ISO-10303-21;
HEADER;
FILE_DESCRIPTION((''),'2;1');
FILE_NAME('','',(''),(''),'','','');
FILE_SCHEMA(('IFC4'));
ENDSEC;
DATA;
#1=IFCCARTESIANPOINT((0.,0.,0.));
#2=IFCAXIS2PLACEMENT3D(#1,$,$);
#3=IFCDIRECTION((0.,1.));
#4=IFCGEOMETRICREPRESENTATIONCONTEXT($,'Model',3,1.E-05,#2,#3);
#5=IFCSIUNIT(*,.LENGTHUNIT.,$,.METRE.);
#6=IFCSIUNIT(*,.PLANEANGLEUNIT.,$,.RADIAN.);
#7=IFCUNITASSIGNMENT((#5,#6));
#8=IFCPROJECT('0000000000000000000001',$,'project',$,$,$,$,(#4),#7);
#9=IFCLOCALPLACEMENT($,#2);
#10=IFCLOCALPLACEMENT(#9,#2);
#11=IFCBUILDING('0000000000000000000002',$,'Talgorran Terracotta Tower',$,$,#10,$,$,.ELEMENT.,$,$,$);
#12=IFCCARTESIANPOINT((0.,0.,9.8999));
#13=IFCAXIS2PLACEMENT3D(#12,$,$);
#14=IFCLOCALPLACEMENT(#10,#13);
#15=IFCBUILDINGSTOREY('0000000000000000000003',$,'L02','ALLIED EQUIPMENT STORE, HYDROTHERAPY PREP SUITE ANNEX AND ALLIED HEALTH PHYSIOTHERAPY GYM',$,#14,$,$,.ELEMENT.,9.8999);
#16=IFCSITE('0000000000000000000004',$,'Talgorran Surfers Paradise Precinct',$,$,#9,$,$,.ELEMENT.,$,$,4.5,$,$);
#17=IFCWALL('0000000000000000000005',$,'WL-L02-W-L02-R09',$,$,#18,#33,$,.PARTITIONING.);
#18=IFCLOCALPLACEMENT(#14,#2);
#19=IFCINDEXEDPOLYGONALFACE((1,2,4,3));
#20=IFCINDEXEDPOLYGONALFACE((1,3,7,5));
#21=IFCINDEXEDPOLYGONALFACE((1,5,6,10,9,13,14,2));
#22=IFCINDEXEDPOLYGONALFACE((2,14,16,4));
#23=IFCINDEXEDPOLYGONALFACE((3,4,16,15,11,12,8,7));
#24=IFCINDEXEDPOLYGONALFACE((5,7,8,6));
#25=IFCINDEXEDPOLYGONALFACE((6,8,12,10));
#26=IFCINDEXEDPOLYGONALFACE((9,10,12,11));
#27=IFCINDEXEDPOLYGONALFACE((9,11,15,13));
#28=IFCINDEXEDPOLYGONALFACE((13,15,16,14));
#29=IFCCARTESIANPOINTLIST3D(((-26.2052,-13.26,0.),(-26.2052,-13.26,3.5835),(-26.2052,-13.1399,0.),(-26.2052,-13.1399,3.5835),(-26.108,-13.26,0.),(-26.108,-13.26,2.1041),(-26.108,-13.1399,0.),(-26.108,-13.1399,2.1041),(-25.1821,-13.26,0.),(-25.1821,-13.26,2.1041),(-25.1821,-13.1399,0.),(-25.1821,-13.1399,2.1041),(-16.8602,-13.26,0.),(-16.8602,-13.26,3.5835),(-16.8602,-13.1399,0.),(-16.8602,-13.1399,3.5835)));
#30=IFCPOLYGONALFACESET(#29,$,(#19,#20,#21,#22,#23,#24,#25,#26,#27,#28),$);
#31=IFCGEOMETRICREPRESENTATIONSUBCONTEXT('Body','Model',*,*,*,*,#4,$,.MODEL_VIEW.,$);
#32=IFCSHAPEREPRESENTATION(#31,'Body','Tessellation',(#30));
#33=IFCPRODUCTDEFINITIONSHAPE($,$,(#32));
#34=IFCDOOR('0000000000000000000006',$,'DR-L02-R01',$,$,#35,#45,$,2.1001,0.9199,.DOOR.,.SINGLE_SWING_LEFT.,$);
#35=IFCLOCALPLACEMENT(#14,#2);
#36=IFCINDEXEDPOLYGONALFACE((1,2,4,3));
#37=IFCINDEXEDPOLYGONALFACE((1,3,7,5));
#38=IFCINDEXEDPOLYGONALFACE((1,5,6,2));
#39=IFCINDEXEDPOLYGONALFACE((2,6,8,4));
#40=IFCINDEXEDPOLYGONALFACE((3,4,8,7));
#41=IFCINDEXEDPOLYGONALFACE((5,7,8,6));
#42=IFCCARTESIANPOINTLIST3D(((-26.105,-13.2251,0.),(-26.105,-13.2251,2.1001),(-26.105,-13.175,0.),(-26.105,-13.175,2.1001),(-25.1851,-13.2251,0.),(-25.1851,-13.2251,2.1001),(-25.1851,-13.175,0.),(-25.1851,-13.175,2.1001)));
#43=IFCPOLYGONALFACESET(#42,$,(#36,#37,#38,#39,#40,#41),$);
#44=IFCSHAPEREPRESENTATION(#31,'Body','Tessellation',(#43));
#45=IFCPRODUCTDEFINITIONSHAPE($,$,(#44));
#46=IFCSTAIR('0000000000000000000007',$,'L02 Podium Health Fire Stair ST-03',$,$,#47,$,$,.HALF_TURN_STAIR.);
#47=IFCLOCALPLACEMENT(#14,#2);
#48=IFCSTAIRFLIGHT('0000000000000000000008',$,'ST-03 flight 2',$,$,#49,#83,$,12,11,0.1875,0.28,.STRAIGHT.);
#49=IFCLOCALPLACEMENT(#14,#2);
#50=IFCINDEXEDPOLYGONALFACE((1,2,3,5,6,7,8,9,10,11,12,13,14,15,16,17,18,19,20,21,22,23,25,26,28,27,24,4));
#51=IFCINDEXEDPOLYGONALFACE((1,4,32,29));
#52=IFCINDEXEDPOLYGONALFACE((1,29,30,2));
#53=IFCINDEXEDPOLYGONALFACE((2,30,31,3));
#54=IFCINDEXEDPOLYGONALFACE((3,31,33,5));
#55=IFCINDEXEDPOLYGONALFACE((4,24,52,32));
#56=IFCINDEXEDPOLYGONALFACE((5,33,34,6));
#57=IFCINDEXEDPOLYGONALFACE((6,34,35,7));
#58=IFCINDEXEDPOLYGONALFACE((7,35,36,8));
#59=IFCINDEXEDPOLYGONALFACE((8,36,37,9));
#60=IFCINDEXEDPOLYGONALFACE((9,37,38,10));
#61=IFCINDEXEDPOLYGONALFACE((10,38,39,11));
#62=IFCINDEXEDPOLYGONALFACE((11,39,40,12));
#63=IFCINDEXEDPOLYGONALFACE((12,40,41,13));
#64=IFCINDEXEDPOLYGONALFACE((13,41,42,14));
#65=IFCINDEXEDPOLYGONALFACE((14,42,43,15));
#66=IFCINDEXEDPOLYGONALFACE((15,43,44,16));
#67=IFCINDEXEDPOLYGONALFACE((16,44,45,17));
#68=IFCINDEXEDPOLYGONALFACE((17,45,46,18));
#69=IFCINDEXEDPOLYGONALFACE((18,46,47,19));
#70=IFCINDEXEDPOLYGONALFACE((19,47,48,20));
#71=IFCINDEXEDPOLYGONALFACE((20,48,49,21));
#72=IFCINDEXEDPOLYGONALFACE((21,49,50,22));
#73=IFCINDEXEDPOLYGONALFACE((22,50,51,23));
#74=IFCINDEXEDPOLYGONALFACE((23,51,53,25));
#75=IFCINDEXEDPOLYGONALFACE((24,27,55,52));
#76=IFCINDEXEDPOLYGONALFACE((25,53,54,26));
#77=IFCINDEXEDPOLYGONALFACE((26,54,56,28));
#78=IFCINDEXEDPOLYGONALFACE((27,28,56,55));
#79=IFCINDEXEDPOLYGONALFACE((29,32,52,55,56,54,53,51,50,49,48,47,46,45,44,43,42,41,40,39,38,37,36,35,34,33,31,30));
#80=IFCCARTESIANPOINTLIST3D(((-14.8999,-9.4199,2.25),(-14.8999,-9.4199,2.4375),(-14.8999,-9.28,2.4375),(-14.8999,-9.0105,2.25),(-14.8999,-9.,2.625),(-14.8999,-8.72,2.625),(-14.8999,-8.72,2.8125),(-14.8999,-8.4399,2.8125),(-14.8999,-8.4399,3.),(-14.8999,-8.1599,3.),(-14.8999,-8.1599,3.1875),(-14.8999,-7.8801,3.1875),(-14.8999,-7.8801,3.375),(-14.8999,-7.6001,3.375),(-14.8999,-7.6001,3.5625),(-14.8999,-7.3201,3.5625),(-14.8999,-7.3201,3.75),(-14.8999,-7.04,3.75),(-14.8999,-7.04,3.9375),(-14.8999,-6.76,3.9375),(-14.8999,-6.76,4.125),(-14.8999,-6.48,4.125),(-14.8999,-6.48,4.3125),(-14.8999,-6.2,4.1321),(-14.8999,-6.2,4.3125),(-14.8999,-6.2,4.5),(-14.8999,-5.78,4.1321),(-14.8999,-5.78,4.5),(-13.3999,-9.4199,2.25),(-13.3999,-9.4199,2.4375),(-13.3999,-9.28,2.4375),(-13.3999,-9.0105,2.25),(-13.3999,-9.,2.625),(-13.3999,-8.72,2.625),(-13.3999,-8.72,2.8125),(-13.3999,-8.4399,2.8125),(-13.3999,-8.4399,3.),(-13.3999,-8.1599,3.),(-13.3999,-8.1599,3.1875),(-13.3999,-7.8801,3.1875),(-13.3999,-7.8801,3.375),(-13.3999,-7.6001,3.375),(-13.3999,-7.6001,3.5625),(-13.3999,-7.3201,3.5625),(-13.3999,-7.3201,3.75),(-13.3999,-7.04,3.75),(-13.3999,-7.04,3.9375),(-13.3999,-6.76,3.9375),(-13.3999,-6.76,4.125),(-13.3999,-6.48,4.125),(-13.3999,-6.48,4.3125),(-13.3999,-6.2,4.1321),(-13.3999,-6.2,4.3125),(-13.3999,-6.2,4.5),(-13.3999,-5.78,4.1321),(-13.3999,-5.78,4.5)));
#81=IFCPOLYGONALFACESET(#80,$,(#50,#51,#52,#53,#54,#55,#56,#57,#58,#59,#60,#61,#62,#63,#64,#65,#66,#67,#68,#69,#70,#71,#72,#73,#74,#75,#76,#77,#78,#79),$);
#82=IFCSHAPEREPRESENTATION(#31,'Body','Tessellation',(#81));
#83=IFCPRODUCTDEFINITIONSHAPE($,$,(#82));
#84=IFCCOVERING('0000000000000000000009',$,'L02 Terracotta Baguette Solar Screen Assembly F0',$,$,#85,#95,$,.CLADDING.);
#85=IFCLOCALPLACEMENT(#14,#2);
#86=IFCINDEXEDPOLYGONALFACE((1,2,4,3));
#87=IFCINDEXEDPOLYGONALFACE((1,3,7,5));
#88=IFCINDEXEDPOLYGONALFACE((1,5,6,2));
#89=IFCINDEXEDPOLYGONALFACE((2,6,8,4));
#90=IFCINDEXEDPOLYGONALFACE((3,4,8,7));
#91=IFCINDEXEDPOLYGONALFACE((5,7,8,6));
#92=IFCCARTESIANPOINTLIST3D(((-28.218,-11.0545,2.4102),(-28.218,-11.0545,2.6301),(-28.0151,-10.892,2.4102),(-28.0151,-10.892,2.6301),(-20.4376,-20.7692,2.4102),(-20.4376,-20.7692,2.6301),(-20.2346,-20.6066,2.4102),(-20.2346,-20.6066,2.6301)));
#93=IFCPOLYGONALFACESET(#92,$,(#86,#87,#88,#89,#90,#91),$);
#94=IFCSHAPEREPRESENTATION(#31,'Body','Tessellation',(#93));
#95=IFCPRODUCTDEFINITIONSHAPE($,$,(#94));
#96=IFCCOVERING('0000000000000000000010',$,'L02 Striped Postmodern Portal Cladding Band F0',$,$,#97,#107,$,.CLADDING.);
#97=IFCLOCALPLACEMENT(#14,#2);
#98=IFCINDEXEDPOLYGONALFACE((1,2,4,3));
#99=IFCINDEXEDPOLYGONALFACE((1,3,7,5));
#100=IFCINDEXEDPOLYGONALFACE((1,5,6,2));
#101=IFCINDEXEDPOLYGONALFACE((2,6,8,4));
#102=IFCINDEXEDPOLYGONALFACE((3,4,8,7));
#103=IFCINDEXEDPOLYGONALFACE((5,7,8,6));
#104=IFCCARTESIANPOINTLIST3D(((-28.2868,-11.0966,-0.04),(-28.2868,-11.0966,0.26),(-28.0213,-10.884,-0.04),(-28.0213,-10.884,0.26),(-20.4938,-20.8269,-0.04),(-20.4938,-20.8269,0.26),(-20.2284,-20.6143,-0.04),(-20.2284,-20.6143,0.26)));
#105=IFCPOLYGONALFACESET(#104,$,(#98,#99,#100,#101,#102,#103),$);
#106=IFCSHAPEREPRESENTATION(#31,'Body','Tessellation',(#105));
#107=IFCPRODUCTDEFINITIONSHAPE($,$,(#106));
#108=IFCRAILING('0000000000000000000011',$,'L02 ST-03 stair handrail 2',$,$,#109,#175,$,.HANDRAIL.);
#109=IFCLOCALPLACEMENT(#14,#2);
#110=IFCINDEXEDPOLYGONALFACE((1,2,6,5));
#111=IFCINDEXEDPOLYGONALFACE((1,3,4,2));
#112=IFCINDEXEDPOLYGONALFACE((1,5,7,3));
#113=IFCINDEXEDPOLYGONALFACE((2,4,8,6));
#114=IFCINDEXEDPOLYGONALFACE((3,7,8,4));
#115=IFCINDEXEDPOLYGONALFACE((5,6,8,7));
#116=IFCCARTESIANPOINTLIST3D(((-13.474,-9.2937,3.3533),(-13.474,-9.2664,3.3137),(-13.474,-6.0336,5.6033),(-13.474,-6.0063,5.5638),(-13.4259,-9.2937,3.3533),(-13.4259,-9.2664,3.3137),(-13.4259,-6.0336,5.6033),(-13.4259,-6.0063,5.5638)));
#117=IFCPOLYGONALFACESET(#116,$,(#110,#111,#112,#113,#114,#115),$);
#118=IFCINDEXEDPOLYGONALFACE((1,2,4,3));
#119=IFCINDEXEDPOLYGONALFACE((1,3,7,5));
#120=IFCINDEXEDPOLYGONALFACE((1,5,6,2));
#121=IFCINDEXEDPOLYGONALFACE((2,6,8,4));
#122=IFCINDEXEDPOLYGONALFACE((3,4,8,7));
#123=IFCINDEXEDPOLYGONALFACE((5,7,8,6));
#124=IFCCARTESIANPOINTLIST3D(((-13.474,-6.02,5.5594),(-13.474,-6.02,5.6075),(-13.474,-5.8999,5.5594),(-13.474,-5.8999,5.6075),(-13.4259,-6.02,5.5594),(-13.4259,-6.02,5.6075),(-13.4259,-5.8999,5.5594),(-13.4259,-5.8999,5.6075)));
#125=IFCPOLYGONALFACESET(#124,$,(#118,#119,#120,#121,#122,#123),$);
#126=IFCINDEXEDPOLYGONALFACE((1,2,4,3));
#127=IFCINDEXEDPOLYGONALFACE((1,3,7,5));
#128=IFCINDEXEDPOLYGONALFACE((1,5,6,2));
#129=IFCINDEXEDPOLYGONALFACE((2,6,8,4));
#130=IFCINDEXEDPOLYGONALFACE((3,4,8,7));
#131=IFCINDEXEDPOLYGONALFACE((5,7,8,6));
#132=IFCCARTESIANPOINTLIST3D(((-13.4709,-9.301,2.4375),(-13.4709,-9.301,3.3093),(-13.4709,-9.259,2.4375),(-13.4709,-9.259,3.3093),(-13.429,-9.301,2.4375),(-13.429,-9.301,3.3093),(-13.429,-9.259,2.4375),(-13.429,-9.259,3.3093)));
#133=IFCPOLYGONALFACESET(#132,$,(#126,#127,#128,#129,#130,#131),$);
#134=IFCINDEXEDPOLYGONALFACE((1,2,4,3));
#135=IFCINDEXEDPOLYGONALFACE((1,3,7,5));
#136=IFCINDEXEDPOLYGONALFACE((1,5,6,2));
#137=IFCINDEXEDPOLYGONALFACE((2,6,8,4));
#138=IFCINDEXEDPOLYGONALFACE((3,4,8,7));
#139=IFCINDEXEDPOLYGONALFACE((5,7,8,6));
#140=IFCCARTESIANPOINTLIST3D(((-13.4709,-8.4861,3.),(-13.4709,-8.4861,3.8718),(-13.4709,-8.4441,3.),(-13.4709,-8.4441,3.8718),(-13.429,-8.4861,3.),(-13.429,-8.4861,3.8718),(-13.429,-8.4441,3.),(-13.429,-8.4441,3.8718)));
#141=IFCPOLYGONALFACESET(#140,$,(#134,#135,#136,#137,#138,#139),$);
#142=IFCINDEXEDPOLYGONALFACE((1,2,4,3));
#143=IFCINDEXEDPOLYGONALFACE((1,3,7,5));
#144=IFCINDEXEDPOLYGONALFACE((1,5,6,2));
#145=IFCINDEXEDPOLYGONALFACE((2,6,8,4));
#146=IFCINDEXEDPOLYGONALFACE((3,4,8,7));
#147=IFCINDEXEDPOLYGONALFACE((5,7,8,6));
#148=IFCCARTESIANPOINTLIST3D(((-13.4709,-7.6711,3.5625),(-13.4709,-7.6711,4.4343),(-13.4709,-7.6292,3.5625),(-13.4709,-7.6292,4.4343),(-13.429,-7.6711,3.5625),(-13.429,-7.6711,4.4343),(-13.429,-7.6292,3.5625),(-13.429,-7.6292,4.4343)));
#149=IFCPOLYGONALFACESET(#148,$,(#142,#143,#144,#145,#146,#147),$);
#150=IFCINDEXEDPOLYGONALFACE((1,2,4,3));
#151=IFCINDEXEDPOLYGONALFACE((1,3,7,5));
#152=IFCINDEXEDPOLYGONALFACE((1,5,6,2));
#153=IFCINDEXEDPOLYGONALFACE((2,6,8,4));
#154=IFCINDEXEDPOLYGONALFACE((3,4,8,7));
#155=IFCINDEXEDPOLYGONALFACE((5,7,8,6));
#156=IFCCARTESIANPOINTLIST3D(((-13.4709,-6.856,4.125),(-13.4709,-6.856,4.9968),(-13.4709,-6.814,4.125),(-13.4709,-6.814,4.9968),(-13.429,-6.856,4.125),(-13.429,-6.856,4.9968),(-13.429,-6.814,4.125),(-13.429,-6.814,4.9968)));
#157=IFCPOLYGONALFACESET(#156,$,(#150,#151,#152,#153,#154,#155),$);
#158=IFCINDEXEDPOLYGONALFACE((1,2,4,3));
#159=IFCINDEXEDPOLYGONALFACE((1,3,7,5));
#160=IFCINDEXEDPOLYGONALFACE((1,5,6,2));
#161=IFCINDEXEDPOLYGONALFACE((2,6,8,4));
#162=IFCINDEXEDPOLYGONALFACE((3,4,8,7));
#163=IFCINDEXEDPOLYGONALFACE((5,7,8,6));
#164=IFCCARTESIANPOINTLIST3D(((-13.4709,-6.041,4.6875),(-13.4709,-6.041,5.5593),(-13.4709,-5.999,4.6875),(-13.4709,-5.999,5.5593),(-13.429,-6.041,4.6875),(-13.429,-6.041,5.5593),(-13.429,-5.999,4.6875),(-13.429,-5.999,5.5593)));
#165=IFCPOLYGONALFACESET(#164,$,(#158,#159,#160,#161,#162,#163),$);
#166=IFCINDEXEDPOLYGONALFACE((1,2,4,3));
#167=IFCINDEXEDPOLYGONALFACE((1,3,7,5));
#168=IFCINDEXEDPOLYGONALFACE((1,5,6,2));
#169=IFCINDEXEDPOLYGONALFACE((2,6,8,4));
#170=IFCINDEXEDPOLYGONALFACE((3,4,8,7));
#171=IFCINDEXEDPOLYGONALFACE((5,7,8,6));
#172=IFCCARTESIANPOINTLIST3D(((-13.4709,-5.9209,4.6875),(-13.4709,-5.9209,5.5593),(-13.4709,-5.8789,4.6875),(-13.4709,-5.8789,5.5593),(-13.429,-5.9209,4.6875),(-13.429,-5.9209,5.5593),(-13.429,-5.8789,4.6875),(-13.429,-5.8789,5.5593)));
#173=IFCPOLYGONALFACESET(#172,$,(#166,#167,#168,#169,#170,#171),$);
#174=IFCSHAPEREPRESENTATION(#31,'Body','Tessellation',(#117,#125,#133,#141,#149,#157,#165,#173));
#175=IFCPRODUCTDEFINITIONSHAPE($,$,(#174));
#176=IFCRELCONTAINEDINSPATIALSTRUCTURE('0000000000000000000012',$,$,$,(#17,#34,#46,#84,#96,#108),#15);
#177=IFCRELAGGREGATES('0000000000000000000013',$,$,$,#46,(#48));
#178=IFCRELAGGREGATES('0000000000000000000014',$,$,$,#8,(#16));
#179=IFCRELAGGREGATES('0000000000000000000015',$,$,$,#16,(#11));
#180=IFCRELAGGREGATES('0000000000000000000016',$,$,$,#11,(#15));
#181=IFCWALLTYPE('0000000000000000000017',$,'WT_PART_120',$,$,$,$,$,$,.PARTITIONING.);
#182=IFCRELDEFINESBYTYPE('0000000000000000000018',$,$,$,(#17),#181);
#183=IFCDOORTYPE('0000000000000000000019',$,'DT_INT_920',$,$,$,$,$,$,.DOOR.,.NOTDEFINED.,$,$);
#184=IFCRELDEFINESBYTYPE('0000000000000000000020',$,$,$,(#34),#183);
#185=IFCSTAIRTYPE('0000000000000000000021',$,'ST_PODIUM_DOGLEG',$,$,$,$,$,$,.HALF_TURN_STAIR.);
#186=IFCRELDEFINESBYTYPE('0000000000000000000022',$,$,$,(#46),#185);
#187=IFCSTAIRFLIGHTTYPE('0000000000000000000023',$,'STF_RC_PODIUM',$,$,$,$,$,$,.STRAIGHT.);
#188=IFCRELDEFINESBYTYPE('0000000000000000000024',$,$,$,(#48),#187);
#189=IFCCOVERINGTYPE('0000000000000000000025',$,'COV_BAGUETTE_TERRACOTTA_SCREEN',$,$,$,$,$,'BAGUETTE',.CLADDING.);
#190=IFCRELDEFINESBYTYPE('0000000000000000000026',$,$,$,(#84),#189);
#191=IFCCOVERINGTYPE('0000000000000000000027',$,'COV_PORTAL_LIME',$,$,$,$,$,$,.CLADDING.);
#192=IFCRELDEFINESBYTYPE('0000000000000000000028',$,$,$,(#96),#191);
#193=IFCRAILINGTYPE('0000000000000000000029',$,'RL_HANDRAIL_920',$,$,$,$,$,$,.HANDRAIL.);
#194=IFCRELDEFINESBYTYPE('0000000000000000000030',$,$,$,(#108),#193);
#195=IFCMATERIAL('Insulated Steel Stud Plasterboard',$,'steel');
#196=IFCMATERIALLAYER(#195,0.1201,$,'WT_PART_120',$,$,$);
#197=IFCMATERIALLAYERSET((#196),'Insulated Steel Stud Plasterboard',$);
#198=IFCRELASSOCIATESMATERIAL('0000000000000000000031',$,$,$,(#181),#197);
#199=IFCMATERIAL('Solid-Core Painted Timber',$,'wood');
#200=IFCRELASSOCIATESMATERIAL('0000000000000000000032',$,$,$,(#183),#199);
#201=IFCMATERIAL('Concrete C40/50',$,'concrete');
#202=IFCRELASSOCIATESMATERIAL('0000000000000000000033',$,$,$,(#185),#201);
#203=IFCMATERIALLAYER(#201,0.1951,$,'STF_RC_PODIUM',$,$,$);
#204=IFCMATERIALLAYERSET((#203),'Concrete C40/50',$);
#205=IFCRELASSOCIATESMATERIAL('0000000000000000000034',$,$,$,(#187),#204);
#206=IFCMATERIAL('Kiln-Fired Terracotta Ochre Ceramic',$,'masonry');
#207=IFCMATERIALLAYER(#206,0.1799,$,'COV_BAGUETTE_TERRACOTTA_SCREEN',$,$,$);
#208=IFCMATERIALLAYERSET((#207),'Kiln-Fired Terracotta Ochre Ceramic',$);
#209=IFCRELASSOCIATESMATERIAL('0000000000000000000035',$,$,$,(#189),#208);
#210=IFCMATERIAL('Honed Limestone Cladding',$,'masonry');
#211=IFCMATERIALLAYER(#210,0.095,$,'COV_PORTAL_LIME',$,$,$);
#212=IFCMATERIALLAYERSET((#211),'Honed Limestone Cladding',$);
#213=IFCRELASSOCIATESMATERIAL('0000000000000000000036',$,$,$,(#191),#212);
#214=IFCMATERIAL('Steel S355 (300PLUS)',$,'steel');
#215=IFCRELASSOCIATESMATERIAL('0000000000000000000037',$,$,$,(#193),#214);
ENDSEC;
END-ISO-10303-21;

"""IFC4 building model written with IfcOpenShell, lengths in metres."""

from ifc_helpers import new_model, si_unit, direction, frame, frame_2d, origin, origin_2d, place, context, subcontext, project, spatial, polyline, rectangle, outline, extrude, material, layer, layer_set, type_object, element, fill, aggregate, save


model = new_model("IFC4")

# Units and contexts
model_context = context("Model", 3, precision=1e-05, world=origin(), true_north=direction((0.0, 1.0)))
body_context = subcontext(model_context, "Body", "Model", "MODEL_VIEW")
ifc_project = project(units=[si_unit("LENGTHUNIT", "METRE"), si_unit("PLANEANGLEUNIT", "RADIAN")], contexts=[model_context])

# Site, building, storey
site_placement = place(None, origin())
site = spatial("IfcSite", under=ifc_project, at=site_placement, Name="Talgorran Surfers Paradise Precinct", CompositionType="ELEMENT", RefElevation=4.5)
building_placement = place(site_placement, origin())
building = spatial("IfcBuilding", under=site, at=building_placement, Name="Talgorran Terracotta Tower", CompositionType="ELEMENT")
storey_placement = place(building_placement, frame((0.0, 0.0, 9.8999)))
storey = spatial("IfcBuildingStorey", under=building, at=storey_placement, Name="L02", Description="ALLIED EQUIPMENT STORE, HYDROTHERAPY PREP SUITE ANNEX AND ALLIED HEALTH PHYSIOTHERAPY GYM", CompositionType="ELEMENT", Elevation=9.8999)

# Shared definitions
ifc_material_1 = material(Name="Steel S355 (300PLUS)", Category="steel")

# Wall, opening, door
ifc_material_2 = material(Name="Insulated Steel Stud Plasterboard", Category="steel")
ifc_layer_1 = layer(ifc_material_2, 0.1201, Name="WT_PART_120")
ifc_layer_set_1 = layer_set([ifc_layer_1], Name="Insulated Steel Stud Plasterboard")
wall_type_1 = type_object("IfcWallType", Name="WT_PART_120", PredefinedType="PARTITIONING", material=ifc_layer_set_1)
wall_1_placement = place(storey_placement, frame((-26.2051, -13.2, 0.0), z_axis=(0.0, 0.0, 1.0), x_axis=(1.0, 0.0, 0.0)))
wall_1 = element("IfcWall", 1, at=wall_1_placement, inside=storey, type_object=wall_type_1, Name="WL-L02-W-L02-R09", PredefinedType="PARTITIONING", context=body_context, shape_type="SweptSolid", body=[
    extrude(rectangle(XDim=9.345, YDim=0.1201, at=frame_2d((4.6724, 0.0))), origin(), (0.0, 0.0, 1.0), 3.5835),
])
opening_placement = place(wall_1_placement, frame((0.1001, 0.0, 0.0)))
opening = element("IfcOpeningElement", 2, at=opening_placement, cuts=wall_1, PredefinedType="OPENING", context=body_context, shape_type="SweptSolid", body=[
    extrude(rectangle(XDim=0.9259, YDim=2.1041, at=frame_2d((0.46, 1.052))), frame((0.0, 0.0701, 0.0), z_axis=(0.0, -1.0, 0.0), x_axis=(1.0, 0.0, 0.0)), (0.0, 0.0, 1.0), 0.1401),
])
ifc_material_3 = material(Name="Solid-Core Painted Timber", Category="wood")
door_type = type_object("IfcDoorType", Name="DT_INT_920", OperationType="NOTDEFINED", PredefinedType="DOOR", material=ifc_material_3)
door_placement = place(opening_placement, origin())
door = element("IfcDoor", 3, at=door_placement, inside=storey, type_object=door_type, Name="DR-L02-R01", OperationType="SINGLE_SWING_LEFT", OverallHeight=2.1001, OverallWidth=0.9199, PredefinedType="DOOR", context=body_context, shape_type="SweptSolid", body=[
    extrude(rectangle(XDim=0.9199, YDim=2.1001, at=frame_2d((0.46, 1.05))), frame((0.0, 0.0249, 0.0), z_axis=(0.0, -1.0, 0.0), x_axis=(1.0, 0.0, 0.0)), (0.0, 0.0, 1.0), 0.05),
])
fill(opening, door)

# Stair, stair flight
ifc_material_4 = material(Name="Concrete C40/50", Category="concrete")
stair_type = type_object("IfcStairType", Name="ST_PODIUM_DOGLEG", PredefinedType="HALF_TURN_STAIR", material=ifc_material_4)
stair_placement = place(storey_placement, origin())
stair = element("IfcStair", 4, at=stair_placement, inside=storey, type_object=stair_type, Name="L02 Podium Health Fire Stair ST-03", PredefinedType="HALF_TURN_STAIR")
ifc_layer_2 = layer(ifc_material_4, 0.1951, Name="STF_RC_PODIUM")
ifc_layer_set_2 = layer_set([ifc_layer_2], Name="Concrete C40/50")
stair_flight_type = type_object("IfcStairFlightType", Name="STF_RC_PODIUM", PredefinedType="STRAIGHT", material=ifc_layer_set_2)
stair_flight_placement = place(storey_placement, frame((-14.1499, -9.28, 2.25), z_axis=(0.0, 0.0, 1.0), x_axis=(0.0, 1.0, 0.0)))
stair_flight = element("IfcStairFlight", 5, at=stair_flight_placement, type_object=stair_flight_type, Name="ST-03 flight 2", NumberOfRisers=12, NumberOfTreads=11, PredefinedType="STRAIGHT", RiserHeight=0.1875, TreadLength=0.28, context=body_context, shape_type="SweptSolid", body=[
    extrude(outline(polyline([(-0.1399, 0.0), (-0.1399, 0.1875), (0.0, 0.1875), (0.28, 0.375), (0.5601, 0.375), (0.5601, 0.5625), (0.8401, 0.5625), (0.8401, 0.75), (1.1201, 0.75), (1.1201, 0.9375), (1.3999, 0.9375), (1.3999, 1.125), (1.6799, 1.125), (1.6799, 1.3125), (1.96, 1.3125), (1.96, 1.5), (2.24, 1.5), (2.24, 1.6875), (2.52, 1.6875), (2.52, 1.875), (2.8, 1.875), (2.8, 2.0625), (3.0801, 2.0625), (3.0801, 2.25), (3.5, 2.25), (3.5, 1.8821), (3.0801, 1.8821), (0.2695, 0.0), (-0.1399, 0.0)])), frame((0.0, 0.75, 0.0), z_axis=(0.0, -1.0, 0.0), x_axis=(1.0, 0.0, 0.0)), (0.0, 0.0, 1.0), 1.5),
])
aggregate(stair, [stair_flight])

# Coverings
ifc_material_5 = material(Name="Kiln-Fired Terracotta Ochre Ceramic", Category="masonry")
ifc_layer_3 = layer(ifc_material_5, 0.1799, Name="COV_BAGUETTE_TERRACOTTA_SCREEN")
ifc_layer_set_3 = layer_set([ifc_layer_3], Name="Kiln-Fired Terracotta Ochre Ceramic")
covering_type_1 = type_object("IfcCoveringType", Name="COV_BAGUETTE_TERRACOTTA_SCREEN", ElementType="BAGUETTE", PredefinedType="CLADDING", material=ifc_layer_set_3)
covering_1_placement = place(storey_placement, frame((-24.2263, -15.8306, 2.4102), z_axis=(0.0, 0.0, 1.0), x_axis=(0.62512, -0.780529, 0.0)))
element("IfcCovering", 6, at=covering_1_placement, inside=storey, type_object=covering_type_1, Name="L02 Terracotta Baguette Solar Screen Assembly F0", PredefinedType="CLADDING", context=body_context, shape_type="SweptSolid", body=[
    extrude(rectangle(XDim=12.4463, YDim=0.26, at=origin_2d()), origin(), (0.0, 0.0, 1.0), 0.22),
])
ifc_material_6 = material(Name="Honed Limestone Cladding", Category="masonry")
ifc_layer_4 = layer(ifc_material_6, 0.095, Name="COV_PORTAL_LIME")
ifc_layer_set_4 = layer_set([ifc_layer_4], Name="Honed Limestone Cladding")
covering_type_2 = type_object("IfcCoveringType", Name="COV_PORTAL_LIME", PredefinedType="CLADDING", material=ifc_layer_set_4)
covering_2_placement = place(storey_placement, frame((-24.2576, -15.8555, -0.04), z_axis=(0.0, 0.0, 1.0), x_axis=(0.62512, -0.780529, 0.0)))
element("IfcCovering", 7, at=covering_2_placement, inside=storey, type_object=covering_type_2, Name="L02 Striped Postmodern Portal Cladding Band F0", PredefinedType="CLADDING", context=body_context, shape_type="SweptSolid", body=[
    extrude(rectangle(XDim=12.4663, YDim=0.3401, at=origin_2d()), origin(), (0.0, 0.0, 1.0), 0.3),
])

# Railing
railing_type_1 = type_object("IfcRailingType", Name="RL_HANDRAIL_920", PredefinedType="HANDRAIL", material=ifc_material_1)
railing_1_placement = place(storey_placement, frame((-13.45, -9.28, 2.4375)))
element("IfcRailing", 8, at=railing_1_placement, inside=storey, type_object=railing_type_1, Name="L02 ST-03 stair handrail 2", PredefinedType="HANDRAIL", context=body_context, shape_type="SweptSolid", body=[
    extrude(rectangle(XDim=0.0481, YDim=0.0481, at=origin_2d()), frame((0.0, 0.0, 0.896), z_axis=(0.0, 0.82301, 0.568027), x_axis=(-1.0, 0.0, 0.0)), (0.0, 0.0, 1.0), 3.9612),
    extrude(rectangle(XDim=0.0481, YDim=0.0481, at=origin_2d()), frame((0.0, 3.26, 3.146), z_axis=(0.0, 1.0, 0.0), x_axis=(-1.0, 0.0, 0.0)), (0.0, 0.0, 1.0), 0.1201),
    extrude(rectangle(XDim=0.042, YDim=0.042, at=origin_2d()), origin(), (0.0, 0.0, 1.0), 0.8718),
    extrude(rectangle(XDim=0.042, YDim=0.042, at=origin_2d()), frame((0.0, 0.8149, 0.5625)), (0.0, 0.0, 1.0), 0.8718),
    extrude(rectangle(XDim=0.042, YDim=0.042, at=origin_2d()), frame((0.0, 1.6299, 1.125)), (0.0, 0.0, 1.0), 0.8718),
    extrude(rectangle(XDim=0.042, YDim=0.042, at=origin_2d()), frame((0.0, 2.4451, 1.6875)), (0.0, 0.0, 1.0), 0.8718),
    extrude(rectangle(XDim=0.042, YDim=0.042, at=origin_2d()), frame((0.0, 3.26, 2.25)), (0.0, 0.0, 1.0), 0.8718),
    extrude(rectangle(XDim=0.042, YDim=0.042, at=origin_2d()), frame((0.0, 3.3801, 2.25)), (0.0, 0.0, 1.0), 0.8718),
])

save(model, "model.ifc")
